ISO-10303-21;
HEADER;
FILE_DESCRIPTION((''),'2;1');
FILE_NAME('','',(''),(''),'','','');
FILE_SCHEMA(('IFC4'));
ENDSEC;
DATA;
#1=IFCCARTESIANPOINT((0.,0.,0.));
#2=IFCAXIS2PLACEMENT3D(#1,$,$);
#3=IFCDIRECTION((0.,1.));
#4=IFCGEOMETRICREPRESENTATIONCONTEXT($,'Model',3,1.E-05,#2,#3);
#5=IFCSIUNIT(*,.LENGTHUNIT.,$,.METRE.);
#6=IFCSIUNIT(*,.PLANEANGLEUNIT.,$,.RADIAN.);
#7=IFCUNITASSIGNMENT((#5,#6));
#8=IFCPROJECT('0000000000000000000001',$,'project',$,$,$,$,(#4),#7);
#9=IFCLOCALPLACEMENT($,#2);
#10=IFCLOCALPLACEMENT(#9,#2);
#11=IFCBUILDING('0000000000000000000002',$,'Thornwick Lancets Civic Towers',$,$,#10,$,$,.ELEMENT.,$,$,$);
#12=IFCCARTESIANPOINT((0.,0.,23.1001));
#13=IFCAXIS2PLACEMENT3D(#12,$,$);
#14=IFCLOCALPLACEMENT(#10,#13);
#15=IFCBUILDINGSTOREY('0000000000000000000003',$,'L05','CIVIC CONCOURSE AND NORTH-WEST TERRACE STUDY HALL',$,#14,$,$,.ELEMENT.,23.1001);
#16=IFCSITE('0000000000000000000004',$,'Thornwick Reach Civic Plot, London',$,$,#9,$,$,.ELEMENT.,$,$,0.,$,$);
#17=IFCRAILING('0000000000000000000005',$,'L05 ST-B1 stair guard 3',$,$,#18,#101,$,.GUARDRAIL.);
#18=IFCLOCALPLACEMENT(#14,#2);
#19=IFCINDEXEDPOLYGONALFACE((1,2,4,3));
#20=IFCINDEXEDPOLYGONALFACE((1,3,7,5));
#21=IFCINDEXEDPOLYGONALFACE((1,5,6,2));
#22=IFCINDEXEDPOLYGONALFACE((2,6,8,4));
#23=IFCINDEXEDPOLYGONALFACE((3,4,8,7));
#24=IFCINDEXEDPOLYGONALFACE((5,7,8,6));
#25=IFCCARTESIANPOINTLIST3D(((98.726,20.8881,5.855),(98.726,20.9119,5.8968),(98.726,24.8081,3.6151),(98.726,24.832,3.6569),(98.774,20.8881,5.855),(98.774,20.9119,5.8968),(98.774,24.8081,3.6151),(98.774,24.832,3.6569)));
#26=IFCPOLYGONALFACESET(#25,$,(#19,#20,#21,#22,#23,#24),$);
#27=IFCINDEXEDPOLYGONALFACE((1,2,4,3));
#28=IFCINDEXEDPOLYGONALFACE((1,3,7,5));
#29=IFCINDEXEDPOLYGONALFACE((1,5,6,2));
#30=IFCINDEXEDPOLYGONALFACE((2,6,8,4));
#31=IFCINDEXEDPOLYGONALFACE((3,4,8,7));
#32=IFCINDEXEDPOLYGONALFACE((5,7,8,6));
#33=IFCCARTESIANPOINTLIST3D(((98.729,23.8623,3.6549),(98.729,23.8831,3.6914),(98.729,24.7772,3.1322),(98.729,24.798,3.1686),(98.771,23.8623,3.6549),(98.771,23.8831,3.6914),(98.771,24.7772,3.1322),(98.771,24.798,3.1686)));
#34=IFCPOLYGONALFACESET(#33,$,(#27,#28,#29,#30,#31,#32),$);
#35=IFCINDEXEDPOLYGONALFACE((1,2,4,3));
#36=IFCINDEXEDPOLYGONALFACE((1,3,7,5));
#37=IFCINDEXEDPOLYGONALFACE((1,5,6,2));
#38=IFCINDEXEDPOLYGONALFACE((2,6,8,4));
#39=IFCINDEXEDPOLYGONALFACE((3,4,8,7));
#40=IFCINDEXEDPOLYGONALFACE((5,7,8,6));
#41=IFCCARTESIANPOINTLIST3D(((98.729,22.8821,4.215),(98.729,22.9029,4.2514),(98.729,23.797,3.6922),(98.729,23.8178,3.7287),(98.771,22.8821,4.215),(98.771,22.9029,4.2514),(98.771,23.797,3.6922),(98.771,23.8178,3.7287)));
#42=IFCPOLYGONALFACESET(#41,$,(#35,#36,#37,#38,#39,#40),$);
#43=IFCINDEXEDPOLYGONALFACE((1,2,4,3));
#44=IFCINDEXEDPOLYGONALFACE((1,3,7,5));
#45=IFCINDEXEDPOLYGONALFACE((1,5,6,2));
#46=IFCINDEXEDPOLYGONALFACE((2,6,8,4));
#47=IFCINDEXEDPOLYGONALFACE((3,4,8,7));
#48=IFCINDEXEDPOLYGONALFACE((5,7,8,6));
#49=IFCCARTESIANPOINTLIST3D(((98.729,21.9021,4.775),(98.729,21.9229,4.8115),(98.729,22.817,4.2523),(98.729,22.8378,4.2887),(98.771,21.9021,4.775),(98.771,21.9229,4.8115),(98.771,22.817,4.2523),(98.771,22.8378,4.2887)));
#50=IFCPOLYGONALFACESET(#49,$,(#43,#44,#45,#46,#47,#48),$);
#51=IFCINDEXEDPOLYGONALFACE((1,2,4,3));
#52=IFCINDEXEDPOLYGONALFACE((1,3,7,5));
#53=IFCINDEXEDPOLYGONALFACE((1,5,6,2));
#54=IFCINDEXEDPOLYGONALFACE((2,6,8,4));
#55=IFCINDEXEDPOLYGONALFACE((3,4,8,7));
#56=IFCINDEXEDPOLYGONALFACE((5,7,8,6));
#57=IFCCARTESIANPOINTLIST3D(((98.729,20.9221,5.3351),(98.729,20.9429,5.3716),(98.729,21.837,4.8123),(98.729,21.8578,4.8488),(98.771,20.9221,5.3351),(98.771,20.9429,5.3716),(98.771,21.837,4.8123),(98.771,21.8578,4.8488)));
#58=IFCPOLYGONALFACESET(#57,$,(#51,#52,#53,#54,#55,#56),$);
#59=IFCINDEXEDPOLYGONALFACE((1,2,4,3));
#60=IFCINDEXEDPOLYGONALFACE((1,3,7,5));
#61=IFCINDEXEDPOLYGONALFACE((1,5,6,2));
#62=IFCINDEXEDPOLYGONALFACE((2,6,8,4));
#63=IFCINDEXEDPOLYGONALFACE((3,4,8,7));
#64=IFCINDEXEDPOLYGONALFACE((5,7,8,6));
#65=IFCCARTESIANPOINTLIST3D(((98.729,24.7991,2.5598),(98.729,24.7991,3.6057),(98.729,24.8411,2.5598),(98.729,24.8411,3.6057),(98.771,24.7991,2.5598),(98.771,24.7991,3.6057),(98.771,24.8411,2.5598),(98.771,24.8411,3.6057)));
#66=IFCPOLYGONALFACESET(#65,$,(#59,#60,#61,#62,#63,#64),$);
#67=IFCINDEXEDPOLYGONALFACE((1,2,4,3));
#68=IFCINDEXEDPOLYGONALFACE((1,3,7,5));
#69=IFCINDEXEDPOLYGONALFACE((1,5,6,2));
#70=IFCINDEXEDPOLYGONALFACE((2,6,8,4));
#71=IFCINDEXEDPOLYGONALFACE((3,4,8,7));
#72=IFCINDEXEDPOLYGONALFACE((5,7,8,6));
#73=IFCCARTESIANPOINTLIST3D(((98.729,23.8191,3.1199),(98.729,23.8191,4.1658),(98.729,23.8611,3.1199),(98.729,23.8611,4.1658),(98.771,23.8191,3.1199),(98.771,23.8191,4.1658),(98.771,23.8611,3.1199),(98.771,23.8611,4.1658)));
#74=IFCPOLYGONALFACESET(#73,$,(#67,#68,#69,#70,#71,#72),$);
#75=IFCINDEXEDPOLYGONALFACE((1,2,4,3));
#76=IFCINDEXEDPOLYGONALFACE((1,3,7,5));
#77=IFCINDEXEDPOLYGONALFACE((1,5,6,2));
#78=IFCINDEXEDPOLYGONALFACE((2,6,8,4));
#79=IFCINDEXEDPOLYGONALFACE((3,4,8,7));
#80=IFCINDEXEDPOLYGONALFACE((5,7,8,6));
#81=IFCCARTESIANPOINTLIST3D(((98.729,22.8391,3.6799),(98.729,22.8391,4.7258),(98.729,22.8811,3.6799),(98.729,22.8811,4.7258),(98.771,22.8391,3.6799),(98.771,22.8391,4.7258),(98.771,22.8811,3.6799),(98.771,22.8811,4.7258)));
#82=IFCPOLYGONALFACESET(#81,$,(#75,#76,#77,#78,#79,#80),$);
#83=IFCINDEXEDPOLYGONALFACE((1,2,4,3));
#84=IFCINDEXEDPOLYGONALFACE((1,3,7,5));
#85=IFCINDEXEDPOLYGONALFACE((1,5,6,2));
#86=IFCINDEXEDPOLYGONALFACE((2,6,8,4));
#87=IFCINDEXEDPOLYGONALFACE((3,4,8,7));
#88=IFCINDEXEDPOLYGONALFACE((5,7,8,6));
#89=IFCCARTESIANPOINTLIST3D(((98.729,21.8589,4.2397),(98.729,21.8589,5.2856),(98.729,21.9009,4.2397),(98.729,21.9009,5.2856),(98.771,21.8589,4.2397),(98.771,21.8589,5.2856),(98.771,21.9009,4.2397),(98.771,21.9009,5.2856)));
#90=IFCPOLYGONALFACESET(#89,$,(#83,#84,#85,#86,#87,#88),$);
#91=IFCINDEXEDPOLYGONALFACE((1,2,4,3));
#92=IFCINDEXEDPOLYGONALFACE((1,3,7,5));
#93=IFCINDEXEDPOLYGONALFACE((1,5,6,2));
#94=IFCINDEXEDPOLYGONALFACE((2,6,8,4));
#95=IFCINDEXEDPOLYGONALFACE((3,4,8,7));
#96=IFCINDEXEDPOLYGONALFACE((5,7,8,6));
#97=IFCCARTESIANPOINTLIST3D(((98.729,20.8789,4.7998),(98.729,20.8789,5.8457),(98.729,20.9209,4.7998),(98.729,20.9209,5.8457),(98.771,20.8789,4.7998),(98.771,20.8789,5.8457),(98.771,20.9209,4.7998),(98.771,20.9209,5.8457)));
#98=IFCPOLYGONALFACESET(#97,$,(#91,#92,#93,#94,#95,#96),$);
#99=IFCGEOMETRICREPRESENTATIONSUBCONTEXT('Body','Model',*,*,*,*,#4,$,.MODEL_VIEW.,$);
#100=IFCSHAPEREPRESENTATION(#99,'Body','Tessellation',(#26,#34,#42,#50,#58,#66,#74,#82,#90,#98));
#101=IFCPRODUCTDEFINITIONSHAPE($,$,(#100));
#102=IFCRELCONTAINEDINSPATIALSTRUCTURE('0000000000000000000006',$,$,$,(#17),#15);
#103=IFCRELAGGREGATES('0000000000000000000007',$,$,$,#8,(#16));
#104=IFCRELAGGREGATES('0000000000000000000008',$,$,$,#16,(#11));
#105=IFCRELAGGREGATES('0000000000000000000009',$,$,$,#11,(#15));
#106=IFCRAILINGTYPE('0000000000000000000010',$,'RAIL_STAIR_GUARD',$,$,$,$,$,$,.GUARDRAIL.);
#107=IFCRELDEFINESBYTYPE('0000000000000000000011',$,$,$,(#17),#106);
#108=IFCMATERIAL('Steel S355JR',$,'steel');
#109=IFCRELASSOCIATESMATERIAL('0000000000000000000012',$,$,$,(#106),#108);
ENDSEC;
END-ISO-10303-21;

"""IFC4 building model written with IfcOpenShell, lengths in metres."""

from ifc_helpers import new_model, si_unit, direction, frame, origin, origin_2d, place, context, subcontext, project, spatial, rectangle, extrude, material, type_object, element, save


model = new_model("IFC4")

# Units and contexts
model_context = context("Model", 3, precision=1e-05, world=origin(), true_north=direction((0.0, 1.0)))
body_context = subcontext(model_context, "Body", "Model", "MODEL_VIEW")
ifc_project = project(units=[si_unit("LENGTHUNIT", "METRE"), si_unit("PLANEANGLEUNIT", "RADIAN")], contexts=[model_context])

# Site, building, storey
site_placement = place(None, origin())
site = spatial("IfcSite", under=ifc_project, at=site_placement, Name="Thornwick Reach Civic Plot, London", CompositionType="ELEMENT", RefElevation=0.0)
building_placement = place(site_placement, origin())
building = spatial("IfcBuilding", under=site, at=building_placement, Name="Thornwick Lancets Civic Towers", CompositionType="ELEMENT")
storey_placement = place(building_placement, frame((0.0, 0.0, 23.1001)))
storey = spatial("IfcBuildingStorey", under=building, at=storey_placement, Name="L05", Description="CIVIC CONCOURSE AND NORTH-WEST TERRACE STUDY HALL", CompositionType="ELEMENT", Elevation=23.1001)

# Railing
ifc_material_1 = material(Name="Steel S355JR", Category="steel")
railing_type_1 = type_object("IfcRailingType", Name="RAIL_STAIR_GUARD", PredefinedType="GUARDRAIL", material=ifc_material_1)
railing_1_placement = place(storey_placement, frame((98.75, 24.8201, 2.5598)))
element("IfcRailing", 1, at=railing_1_placement, inside=storey, type_object=railing_type_1, Name="L05 ST-B1 stair guard 3", PredefinedType="GUARDRAIL", context=body_context, shape_type="SweptSolid", body=[
    extrude(rectangle(XDim=0.0481, YDim=0.0481, at=origin_2d()), frame((0.0, 0.0, 1.0762), z_axis=(0.0, -0.868253, 0.496121), x_axis=(1.0, 0.0, 0.0)), (0.0, 0.0, 1.0), 4.5149),
    extrude(rectangle(XDim=0.042, YDim=0.042, at=origin_2d()), frame((0.0, -0.0325, 0.5906), z_axis=(0.0, -0.868253, 0.496121), x_axis=(1.0, 0.0, 0.0)), (0.0, 0.0, 1.0), 1.0537),
    extrude(rectangle(XDim=0.042, YDim=0.042, at=origin_2d()), frame((0.0, -1.0127, 1.1506), z_axis=(0.0, -0.868253, 0.496121), x_axis=(1.0, 0.0, 0.0)), (0.0, 0.0, 1.0), 1.0537),
    extrude(rectangle(XDim=0.042, YDim=0.042, at=origin_2d()), frame((0.0, -1.9927, 1.7107), z_axis=(0.0, -0.868253, 0.496121), x_axis=(1.0, 0.0, 0.0)), (0.0, 0.0, 1.0), 1.0537),
    extrude(rectangle(XDim=0.042, YDim=0.042, at=origin_2d()), frame((0.0, -2.9727, 2.2708), z_axis=(0.0, -0.868253, 0.496121), x_axis=(1.0, 0.0, 0.0)), (0.0, 0.0, 1.0), 1.0537),
    extrude(rectangle(XDim=0.042, YDim=0.042, at=origin_2d()), origin(), (0.0, 0.0, 1.0), 1.0459),
    extrude(rectangle(XDim=0.042, YDim=0.042, at=origin_2d()), frame((0.0, -0.98, 0.5601)), (0.0, 0.0, 1.0), 1.0459),
    extrude(rectangle(XDim=0.042, YDim=0.042, at=origin_2d()), frame((0.0, -1.96, 1.1201)), (0.0, 0.0, 1.0), 1.0459),
    extrude(rectangle(XDim=0.042, YDim=0.042, at=origin_2d()), frame((0.0, -2.9402, 1.6799)), (0.0, 0.0, 1.0), 1.0459),
    extrude(rectangle(XDim=0.042, YDim=0.042, at=origin_2d()), frame((0.0, -3.9202, 2.24)), (0.0, 0.0, 1.0), 1.0459),
])

save(model, "model.ifc")
